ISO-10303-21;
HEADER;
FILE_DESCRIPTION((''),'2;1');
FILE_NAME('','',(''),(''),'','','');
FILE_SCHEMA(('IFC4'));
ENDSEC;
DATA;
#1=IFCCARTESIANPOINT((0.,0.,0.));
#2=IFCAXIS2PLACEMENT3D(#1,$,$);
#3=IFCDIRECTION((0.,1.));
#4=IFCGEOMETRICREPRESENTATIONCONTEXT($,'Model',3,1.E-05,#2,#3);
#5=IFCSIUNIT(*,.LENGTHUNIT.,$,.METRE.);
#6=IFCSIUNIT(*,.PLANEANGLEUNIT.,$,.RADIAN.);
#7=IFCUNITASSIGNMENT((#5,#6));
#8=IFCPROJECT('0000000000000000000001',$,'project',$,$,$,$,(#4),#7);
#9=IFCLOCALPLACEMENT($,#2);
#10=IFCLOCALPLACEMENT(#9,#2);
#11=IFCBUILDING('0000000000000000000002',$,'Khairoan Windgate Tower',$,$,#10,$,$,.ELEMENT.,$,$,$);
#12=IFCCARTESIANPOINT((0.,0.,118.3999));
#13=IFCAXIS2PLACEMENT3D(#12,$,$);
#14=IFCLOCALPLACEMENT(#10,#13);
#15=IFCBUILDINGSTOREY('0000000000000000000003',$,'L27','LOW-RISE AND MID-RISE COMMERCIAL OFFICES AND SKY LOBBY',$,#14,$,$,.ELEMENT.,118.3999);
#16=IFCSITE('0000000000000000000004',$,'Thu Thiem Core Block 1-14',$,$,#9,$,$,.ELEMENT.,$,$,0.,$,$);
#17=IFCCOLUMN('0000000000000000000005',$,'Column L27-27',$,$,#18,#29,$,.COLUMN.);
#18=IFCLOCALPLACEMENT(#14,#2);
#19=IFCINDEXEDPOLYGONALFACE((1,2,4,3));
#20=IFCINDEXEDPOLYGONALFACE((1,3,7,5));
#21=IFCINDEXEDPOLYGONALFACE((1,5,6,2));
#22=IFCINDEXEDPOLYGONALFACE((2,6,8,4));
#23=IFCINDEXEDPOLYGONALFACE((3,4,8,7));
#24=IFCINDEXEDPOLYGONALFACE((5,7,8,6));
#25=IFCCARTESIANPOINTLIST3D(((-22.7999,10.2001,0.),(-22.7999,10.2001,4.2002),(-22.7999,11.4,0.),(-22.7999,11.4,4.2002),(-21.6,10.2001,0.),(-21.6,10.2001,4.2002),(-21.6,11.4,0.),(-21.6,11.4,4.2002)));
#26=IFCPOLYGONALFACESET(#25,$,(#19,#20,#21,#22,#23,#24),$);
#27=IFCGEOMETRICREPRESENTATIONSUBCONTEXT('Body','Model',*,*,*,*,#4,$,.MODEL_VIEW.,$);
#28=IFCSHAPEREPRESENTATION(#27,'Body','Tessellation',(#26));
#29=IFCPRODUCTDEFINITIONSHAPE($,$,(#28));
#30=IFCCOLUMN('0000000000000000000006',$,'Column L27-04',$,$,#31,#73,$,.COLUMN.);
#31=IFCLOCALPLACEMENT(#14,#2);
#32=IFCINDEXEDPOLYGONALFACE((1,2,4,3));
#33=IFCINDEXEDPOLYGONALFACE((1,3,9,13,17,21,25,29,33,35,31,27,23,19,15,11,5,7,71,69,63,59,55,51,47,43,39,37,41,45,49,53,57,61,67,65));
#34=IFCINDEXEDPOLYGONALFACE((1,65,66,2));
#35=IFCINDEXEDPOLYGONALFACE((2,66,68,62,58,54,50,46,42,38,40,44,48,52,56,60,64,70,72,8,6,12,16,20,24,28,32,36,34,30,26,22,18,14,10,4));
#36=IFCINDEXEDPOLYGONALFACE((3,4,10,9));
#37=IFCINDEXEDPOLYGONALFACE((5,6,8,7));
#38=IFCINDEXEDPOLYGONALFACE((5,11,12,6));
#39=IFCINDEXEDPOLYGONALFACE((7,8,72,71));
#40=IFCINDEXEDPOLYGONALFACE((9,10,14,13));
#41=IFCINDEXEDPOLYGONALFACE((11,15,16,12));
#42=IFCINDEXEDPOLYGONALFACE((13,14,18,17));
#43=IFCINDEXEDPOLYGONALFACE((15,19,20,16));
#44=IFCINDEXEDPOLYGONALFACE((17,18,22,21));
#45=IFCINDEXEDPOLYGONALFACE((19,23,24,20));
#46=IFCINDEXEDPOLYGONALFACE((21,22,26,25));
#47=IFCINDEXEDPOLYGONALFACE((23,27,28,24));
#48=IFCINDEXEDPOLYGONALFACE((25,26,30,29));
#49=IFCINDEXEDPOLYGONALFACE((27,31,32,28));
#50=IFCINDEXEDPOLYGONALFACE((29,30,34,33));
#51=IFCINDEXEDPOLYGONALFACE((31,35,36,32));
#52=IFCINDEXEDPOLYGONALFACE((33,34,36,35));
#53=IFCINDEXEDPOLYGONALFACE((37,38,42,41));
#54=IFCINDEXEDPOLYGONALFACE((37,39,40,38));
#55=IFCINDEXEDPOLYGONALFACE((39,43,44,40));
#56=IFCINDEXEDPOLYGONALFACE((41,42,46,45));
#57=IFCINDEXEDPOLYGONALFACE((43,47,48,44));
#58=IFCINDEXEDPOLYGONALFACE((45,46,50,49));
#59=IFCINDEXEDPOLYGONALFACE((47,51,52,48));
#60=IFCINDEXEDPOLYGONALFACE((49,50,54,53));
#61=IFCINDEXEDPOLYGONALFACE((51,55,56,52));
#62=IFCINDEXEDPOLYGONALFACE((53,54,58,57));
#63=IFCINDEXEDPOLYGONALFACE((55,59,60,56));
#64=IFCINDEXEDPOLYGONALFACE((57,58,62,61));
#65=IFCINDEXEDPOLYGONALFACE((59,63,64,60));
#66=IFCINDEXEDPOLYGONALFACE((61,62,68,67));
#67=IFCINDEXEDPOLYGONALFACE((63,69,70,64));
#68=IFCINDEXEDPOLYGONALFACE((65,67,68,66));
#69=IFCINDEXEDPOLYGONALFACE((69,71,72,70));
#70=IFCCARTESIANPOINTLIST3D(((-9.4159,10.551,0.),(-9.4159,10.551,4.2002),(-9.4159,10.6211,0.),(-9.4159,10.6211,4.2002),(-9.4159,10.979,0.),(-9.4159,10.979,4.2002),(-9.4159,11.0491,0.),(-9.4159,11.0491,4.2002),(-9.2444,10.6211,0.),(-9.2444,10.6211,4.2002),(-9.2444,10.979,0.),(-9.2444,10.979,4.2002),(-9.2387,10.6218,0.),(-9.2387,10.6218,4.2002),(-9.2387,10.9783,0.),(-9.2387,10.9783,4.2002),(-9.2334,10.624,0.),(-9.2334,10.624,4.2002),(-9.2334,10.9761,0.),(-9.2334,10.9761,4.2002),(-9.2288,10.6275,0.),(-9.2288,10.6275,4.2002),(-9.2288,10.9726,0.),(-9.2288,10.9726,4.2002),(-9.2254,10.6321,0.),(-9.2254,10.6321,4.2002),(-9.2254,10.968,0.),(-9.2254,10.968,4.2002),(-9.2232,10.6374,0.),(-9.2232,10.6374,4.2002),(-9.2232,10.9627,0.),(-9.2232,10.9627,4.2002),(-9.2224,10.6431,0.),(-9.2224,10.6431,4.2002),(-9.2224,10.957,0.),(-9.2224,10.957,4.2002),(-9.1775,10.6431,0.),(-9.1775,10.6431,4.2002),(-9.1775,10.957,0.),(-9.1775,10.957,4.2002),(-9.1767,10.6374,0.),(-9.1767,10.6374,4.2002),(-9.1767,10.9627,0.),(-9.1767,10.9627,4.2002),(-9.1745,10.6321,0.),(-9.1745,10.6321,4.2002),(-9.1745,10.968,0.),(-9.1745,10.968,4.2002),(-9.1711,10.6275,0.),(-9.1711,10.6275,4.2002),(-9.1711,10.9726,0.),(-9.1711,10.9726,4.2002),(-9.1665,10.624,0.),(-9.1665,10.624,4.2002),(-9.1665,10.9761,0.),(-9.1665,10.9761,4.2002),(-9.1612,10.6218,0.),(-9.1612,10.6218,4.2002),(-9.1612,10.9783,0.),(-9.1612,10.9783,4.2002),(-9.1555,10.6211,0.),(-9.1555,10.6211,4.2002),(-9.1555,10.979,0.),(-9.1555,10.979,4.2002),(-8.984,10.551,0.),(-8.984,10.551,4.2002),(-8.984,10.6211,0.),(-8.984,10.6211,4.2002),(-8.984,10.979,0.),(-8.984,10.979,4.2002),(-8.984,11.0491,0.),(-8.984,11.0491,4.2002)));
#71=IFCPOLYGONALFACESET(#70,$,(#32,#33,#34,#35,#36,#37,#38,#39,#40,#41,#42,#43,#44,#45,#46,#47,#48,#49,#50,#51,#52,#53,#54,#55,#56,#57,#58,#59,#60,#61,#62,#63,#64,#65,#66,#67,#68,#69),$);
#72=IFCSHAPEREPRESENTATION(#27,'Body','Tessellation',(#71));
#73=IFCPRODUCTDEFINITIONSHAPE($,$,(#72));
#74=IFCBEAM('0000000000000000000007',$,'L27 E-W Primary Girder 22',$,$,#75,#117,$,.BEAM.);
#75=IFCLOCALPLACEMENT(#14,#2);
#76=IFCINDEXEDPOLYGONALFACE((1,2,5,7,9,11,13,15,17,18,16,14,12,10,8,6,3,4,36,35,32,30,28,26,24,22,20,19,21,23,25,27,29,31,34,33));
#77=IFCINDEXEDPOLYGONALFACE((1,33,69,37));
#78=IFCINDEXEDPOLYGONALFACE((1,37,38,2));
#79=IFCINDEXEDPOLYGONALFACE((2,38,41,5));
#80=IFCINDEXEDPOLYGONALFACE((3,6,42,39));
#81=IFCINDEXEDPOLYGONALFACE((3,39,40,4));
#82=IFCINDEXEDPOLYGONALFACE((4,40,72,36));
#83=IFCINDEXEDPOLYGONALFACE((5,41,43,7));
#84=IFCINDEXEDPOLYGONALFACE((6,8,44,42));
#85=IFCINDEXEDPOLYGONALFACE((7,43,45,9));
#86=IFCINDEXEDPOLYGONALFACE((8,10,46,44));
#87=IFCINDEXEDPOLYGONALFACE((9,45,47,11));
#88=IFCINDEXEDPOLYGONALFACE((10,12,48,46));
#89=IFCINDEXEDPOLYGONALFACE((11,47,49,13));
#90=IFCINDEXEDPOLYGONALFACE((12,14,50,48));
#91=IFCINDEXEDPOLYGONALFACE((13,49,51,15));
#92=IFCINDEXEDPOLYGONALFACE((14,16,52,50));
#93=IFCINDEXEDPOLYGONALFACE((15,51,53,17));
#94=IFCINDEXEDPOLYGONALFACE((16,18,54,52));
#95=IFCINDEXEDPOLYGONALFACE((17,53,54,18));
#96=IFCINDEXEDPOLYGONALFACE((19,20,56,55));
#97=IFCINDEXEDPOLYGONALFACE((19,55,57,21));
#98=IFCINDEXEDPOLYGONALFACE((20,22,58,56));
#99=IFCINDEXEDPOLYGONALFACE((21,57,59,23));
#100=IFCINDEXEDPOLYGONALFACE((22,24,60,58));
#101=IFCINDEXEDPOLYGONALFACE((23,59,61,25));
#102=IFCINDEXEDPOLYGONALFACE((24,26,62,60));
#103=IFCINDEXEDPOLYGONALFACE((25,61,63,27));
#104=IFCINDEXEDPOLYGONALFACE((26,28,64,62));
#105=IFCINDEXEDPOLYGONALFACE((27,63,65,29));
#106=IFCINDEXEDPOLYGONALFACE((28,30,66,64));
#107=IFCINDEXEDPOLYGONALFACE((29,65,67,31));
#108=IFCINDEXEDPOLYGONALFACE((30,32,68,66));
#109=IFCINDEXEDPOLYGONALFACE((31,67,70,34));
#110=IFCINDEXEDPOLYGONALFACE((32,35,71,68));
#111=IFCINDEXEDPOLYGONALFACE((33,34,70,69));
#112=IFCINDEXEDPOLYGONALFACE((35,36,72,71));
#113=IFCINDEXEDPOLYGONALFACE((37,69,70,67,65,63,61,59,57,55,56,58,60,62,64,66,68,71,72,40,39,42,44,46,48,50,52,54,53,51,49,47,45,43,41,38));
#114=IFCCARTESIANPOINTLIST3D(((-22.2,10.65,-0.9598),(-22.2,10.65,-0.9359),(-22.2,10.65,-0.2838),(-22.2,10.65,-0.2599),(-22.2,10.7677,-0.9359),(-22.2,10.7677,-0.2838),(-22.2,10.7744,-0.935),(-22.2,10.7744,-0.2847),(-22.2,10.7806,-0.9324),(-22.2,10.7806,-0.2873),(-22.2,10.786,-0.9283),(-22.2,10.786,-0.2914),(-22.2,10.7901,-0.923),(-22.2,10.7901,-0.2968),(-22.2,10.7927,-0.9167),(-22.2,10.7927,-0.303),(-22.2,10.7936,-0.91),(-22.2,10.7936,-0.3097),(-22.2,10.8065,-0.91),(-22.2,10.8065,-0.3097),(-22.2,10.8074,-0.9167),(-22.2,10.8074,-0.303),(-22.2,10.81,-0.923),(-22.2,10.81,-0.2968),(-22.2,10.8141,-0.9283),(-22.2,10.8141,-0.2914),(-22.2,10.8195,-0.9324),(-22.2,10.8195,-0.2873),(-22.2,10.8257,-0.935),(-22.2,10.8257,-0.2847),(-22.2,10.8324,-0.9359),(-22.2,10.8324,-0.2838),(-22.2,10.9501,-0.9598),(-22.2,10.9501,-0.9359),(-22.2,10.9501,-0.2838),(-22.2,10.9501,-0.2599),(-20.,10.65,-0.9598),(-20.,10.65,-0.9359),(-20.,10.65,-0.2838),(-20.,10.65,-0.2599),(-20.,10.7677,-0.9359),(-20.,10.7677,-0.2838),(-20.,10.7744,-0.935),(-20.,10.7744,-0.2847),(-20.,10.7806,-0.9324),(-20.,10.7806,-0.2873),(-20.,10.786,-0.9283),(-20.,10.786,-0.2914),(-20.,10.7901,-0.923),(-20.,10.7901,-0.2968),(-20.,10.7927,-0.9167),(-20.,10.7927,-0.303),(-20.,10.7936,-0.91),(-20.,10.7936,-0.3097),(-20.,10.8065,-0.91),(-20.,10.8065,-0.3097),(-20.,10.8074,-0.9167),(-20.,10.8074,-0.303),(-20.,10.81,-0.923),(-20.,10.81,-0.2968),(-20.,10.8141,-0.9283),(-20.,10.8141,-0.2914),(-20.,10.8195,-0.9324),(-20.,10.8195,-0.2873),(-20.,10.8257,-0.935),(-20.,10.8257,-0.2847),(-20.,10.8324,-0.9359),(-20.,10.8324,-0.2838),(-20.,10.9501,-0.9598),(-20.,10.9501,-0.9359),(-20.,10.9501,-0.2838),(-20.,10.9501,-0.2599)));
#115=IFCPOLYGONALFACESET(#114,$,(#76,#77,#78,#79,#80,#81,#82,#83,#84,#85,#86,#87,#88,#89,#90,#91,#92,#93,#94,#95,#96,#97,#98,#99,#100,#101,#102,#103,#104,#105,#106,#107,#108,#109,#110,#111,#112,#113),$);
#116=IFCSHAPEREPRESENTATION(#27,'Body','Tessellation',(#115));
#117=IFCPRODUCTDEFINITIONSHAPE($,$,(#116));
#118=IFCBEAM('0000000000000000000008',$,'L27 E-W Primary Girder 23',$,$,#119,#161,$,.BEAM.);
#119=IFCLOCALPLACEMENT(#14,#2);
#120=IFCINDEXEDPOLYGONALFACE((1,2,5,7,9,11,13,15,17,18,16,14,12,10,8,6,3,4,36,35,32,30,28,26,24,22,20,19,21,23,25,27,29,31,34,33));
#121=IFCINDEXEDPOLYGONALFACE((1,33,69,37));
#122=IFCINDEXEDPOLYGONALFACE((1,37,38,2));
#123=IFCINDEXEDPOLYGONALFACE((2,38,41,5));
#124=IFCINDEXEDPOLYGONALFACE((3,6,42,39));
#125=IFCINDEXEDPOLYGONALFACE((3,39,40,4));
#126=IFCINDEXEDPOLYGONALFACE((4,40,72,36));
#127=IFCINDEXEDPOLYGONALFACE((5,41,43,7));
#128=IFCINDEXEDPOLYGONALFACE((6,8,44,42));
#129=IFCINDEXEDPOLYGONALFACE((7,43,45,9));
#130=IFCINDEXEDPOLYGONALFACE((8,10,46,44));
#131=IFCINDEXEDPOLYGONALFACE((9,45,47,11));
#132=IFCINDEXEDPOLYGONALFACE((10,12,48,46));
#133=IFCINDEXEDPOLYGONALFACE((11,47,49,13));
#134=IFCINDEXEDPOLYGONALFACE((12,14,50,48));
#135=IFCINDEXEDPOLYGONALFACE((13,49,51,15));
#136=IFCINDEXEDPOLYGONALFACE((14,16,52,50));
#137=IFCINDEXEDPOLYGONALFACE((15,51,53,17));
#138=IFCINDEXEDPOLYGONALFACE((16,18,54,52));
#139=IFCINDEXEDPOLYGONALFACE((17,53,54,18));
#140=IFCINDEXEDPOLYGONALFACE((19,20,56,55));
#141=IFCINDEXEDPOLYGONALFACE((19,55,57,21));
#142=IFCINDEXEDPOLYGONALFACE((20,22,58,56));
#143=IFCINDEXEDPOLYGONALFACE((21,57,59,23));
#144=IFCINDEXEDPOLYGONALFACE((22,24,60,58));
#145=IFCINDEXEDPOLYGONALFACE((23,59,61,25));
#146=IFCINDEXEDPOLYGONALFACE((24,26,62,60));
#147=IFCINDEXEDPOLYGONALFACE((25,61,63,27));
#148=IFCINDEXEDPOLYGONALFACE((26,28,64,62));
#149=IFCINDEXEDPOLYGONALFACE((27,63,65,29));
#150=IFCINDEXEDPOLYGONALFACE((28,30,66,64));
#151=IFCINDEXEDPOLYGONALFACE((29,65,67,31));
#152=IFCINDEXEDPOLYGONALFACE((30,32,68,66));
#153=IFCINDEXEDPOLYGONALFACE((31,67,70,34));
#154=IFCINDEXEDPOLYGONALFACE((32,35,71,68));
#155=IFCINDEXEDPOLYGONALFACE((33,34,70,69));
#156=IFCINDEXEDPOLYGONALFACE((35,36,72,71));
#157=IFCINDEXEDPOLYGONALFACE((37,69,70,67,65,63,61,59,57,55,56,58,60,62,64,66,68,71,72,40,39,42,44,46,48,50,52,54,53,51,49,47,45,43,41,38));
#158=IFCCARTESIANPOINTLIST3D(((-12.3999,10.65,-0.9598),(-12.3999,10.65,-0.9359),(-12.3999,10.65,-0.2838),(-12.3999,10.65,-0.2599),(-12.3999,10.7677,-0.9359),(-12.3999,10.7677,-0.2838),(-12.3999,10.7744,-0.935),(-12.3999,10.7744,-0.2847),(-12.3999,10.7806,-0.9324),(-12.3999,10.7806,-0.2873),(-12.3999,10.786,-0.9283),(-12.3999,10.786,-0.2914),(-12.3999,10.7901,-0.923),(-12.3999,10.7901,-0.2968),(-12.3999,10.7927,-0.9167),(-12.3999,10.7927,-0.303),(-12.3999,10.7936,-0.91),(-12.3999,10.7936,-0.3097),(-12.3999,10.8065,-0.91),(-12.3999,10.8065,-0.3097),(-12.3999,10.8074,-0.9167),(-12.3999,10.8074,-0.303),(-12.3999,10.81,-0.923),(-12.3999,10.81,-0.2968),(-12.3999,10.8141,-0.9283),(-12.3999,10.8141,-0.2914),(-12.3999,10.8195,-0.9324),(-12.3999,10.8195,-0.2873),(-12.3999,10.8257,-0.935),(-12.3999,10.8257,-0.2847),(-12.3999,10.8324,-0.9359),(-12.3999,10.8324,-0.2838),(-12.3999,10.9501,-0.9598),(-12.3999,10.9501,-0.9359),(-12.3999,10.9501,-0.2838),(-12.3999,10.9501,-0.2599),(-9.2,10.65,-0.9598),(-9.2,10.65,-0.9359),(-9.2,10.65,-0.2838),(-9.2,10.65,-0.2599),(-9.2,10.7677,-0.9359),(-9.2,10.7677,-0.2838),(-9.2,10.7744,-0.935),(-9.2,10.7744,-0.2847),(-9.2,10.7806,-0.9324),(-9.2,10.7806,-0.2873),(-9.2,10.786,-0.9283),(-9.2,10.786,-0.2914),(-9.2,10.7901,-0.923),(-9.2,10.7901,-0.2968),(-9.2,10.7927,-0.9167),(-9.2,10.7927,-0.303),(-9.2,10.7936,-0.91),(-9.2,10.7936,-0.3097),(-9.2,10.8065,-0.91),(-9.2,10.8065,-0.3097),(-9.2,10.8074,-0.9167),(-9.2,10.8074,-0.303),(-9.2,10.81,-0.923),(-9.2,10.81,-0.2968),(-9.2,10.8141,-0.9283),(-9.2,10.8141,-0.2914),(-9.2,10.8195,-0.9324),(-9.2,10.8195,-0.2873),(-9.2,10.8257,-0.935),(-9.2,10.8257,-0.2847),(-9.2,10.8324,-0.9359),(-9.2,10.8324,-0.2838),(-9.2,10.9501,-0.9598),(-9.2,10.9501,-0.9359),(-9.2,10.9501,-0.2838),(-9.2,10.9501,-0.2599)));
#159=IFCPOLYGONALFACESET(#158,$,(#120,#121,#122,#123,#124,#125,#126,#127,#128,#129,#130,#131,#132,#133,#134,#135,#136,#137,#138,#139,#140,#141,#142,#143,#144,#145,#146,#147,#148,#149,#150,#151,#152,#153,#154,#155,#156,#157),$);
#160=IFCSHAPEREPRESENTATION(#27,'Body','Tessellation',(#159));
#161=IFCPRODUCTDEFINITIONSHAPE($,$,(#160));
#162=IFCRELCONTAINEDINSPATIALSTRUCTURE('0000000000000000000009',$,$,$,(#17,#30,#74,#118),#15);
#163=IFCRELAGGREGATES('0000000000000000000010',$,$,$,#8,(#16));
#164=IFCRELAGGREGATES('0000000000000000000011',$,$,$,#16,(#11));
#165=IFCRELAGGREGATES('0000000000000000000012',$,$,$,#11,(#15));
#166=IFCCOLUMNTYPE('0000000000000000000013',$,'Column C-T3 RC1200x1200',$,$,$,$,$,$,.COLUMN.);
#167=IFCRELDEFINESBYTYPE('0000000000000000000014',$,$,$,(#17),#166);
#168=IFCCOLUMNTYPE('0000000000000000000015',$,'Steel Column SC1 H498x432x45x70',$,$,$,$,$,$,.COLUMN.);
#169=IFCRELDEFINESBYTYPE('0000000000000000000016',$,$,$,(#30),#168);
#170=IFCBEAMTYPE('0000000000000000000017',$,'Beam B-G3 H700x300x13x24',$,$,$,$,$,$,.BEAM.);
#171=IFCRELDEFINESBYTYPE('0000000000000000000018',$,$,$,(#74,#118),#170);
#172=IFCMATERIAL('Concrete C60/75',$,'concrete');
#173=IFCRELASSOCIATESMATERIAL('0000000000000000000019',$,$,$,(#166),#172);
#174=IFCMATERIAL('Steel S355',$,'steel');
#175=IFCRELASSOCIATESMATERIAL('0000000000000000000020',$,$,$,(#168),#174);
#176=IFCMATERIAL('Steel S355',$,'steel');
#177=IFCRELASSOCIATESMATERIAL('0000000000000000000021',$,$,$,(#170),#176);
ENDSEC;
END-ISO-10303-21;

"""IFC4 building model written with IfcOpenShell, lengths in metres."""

from ifc_helpers import new_model, si_unit, direction, frame, origin, origin_2d, place, context, subcontext, project, spatial, rectangle, i_section, extrude, material, material_profile, profile_set, type_object, element, save


model = new_model("IFC4")

# Units and contexts
model_context = context("Model", 3, precision=1e-05, world=origin(), true_north=direction((0.0, 1.0)))
body_context = subcontext(model_context, "Body", "Model", "MODEL_VIEW")
ifc_project = project(units=[si_unit("LENGTHUNIT", "METRE"), si_unit("PLANEANGLEUNIT", "RADIAN")], contexts=[model_context])

# Site, building, storey
site_placement = place(None, origin())
site = spatial("IfcSite", under=ifc_project, at=site_placement, Name="Thu Thiem Core Block 1-14", CompositionType="ELEMENT", RefElevation=0.0)
building_placement = place(site_placement, origin())
building = spatial("IfcBuilding", under=site, at=building_placement, Name="Khairoan Windgate Tower", CompositionType="ELEMENT")
storey_placement = place(building_placement, frame((0.0, 0.0, 118.3999)))
storey = spatial("IfcBuildingStorey", under=building, at=storey_placement, Name="L27", Description="LOW-RISE AND MID-RISE COMMERCIAL OFFICES AND SKY LOBBY", CompositionType="ELEMENT", Elevation=118.3999)

# Columns
ifc_material_1 = material(Name="Concrete C60/75", Category="concrete")
ifc_material_profile_1 = material_profile(ifc_material_1, rectangle(XDim=1.2, YDim=1.2, at=origin_2d()))
ifc_profile_set_1 = profile_set([ifc_material_profile_1], Name="Concrete C60/75")
column_type_1 = type_object("IfcColumnType", Name="Column C-T3 RC1200x1200", PredefinedType="COLUMN", material=ifc_profile_set_1)
column_1_placement = place(storey_placement, frame((-22.2, 10.8, 0.0), z_axis=(0.0, 0.0, 1.0), x_axis=(1.0, 0.0, 0.0)))
element("IfcColumn", 1, at=column_1_placement, inside=storey, type_object=column_type_1, Name="Column L27-27", PredefinedType="COLUMN", context=body_context, shape_type="SweptSolid", body=[
    extrude(rectangle(XDim=1.2, YDim=1.2, at=origin_2d()), origin(), (0.0, 0.0, 1.0), 4.2002),
])
ifc_material_2 = material(Name="Steel S355", Category="steel")
ifc_material_profile_2 = material_profile(ifc_material_2, i_section(OverallWidth=0.4319, OverallDepth=0.498, WebThickness=0.0449, FlangeThickness=0.0701, FilletRadius=0.022, at=origin_2d()))
ifc_profile_set_2 = profile_set([ifc_material_profile_2], Name="Steel S355")
column_type_2 = type_object("IfcColumnType", Name="Steel Column SC1 H498x432x45x70", PredefinedType="COLUMN", material=ifc_profile_set_2)
column_2_placement = place(storey_placement, frame((-9.2, 10.8, 0.0), z_axis=(0.0, 0.0, 1.0), x_axis=(1.0, 0.0, 0.0)))
element("IfcColumn", 2, at=column_2_placement, inside=storey, type_object=column_type_2, Name="Column L27-04", PredefinedType="COLUMN", context=body_context, shape_type="SweptSolid", body=[
    extrude(i_section(OverallWidth=0.4319, OverallDepth=0.498, WebThickness=0.0449, FlangeThickness=0.0701, FilletRadius=0.022, at=origin_2d()), origin(), (0.0, 0.0, 1.0), 4.2002),
])

# Beams
ifc_material_3 = material(Name="Steel S355", Category="steel")
ifc_material_profile_3 = material_profile(ifc_material_3, i_section(OverallWidth=0.3, OverallDepth=0.7, WebThickness=0.0129, FlangeThickness=0.0239, FilletRadius=0.0259, at=origin_2d()))
ifc_profile_set_3 = profile_set([ifc_material_profile_3], Name="Steel S355")
beam_type_1 = type_object("IfcBeamType", Name="Beam B-G3 H700x300x13x24", PredefinedType="BEAM", material=ifc_profile_set_3)
beam_1_placement = place(storey_placement, frame((-22.2, 10.8, -0.6099), z_axis=(1.0, 0.0, 0.0), x_axis=(0.0, 1.0, 0.0)))
element("IfcBeam", 3, at=beam_1_placement, inside=storey, type_object=beam_type_1, Name="L27 E-W Primary Girder 22", PredefinedType="BEAM", context=body_context, shape_type="SweptSolid", body=[
    extrude(i_section(OverallWidth=0.3, OverallDepth=0.7, WebThickness=0.0129, FlangeThickness=0.0239, FilletRadius=0.0259, at=origin_2d()), origin(), (0.0, 0.0, 1.0), 2.2),
])
beam_2_placement = place(storey_placement, frame((-12.3999, 10.8, -0.6099), z_axis=(1.0, 0.0, 0.0), x_axis=(0.0, 1.0, 0.0)))
element("IfcBeam", 4, at=beam_2_placement, inside=storey, type_object=beam_type_1, Name="L27 E-W Primary Girder 23", PredefinedType="BEAM", context=body_context, shape_type="SweptSolid", body=[
    extrude(i_section(OverallWidth=0.3, OverallDepth=0.7, WebThickness=0.0129, FlangeThickness=0.0239, FilletRadius=0.0259, at=origin_2d()), origin(), (0.0, 0.0, 1.0), 3.2),
])

save(model, "model.ifc")
